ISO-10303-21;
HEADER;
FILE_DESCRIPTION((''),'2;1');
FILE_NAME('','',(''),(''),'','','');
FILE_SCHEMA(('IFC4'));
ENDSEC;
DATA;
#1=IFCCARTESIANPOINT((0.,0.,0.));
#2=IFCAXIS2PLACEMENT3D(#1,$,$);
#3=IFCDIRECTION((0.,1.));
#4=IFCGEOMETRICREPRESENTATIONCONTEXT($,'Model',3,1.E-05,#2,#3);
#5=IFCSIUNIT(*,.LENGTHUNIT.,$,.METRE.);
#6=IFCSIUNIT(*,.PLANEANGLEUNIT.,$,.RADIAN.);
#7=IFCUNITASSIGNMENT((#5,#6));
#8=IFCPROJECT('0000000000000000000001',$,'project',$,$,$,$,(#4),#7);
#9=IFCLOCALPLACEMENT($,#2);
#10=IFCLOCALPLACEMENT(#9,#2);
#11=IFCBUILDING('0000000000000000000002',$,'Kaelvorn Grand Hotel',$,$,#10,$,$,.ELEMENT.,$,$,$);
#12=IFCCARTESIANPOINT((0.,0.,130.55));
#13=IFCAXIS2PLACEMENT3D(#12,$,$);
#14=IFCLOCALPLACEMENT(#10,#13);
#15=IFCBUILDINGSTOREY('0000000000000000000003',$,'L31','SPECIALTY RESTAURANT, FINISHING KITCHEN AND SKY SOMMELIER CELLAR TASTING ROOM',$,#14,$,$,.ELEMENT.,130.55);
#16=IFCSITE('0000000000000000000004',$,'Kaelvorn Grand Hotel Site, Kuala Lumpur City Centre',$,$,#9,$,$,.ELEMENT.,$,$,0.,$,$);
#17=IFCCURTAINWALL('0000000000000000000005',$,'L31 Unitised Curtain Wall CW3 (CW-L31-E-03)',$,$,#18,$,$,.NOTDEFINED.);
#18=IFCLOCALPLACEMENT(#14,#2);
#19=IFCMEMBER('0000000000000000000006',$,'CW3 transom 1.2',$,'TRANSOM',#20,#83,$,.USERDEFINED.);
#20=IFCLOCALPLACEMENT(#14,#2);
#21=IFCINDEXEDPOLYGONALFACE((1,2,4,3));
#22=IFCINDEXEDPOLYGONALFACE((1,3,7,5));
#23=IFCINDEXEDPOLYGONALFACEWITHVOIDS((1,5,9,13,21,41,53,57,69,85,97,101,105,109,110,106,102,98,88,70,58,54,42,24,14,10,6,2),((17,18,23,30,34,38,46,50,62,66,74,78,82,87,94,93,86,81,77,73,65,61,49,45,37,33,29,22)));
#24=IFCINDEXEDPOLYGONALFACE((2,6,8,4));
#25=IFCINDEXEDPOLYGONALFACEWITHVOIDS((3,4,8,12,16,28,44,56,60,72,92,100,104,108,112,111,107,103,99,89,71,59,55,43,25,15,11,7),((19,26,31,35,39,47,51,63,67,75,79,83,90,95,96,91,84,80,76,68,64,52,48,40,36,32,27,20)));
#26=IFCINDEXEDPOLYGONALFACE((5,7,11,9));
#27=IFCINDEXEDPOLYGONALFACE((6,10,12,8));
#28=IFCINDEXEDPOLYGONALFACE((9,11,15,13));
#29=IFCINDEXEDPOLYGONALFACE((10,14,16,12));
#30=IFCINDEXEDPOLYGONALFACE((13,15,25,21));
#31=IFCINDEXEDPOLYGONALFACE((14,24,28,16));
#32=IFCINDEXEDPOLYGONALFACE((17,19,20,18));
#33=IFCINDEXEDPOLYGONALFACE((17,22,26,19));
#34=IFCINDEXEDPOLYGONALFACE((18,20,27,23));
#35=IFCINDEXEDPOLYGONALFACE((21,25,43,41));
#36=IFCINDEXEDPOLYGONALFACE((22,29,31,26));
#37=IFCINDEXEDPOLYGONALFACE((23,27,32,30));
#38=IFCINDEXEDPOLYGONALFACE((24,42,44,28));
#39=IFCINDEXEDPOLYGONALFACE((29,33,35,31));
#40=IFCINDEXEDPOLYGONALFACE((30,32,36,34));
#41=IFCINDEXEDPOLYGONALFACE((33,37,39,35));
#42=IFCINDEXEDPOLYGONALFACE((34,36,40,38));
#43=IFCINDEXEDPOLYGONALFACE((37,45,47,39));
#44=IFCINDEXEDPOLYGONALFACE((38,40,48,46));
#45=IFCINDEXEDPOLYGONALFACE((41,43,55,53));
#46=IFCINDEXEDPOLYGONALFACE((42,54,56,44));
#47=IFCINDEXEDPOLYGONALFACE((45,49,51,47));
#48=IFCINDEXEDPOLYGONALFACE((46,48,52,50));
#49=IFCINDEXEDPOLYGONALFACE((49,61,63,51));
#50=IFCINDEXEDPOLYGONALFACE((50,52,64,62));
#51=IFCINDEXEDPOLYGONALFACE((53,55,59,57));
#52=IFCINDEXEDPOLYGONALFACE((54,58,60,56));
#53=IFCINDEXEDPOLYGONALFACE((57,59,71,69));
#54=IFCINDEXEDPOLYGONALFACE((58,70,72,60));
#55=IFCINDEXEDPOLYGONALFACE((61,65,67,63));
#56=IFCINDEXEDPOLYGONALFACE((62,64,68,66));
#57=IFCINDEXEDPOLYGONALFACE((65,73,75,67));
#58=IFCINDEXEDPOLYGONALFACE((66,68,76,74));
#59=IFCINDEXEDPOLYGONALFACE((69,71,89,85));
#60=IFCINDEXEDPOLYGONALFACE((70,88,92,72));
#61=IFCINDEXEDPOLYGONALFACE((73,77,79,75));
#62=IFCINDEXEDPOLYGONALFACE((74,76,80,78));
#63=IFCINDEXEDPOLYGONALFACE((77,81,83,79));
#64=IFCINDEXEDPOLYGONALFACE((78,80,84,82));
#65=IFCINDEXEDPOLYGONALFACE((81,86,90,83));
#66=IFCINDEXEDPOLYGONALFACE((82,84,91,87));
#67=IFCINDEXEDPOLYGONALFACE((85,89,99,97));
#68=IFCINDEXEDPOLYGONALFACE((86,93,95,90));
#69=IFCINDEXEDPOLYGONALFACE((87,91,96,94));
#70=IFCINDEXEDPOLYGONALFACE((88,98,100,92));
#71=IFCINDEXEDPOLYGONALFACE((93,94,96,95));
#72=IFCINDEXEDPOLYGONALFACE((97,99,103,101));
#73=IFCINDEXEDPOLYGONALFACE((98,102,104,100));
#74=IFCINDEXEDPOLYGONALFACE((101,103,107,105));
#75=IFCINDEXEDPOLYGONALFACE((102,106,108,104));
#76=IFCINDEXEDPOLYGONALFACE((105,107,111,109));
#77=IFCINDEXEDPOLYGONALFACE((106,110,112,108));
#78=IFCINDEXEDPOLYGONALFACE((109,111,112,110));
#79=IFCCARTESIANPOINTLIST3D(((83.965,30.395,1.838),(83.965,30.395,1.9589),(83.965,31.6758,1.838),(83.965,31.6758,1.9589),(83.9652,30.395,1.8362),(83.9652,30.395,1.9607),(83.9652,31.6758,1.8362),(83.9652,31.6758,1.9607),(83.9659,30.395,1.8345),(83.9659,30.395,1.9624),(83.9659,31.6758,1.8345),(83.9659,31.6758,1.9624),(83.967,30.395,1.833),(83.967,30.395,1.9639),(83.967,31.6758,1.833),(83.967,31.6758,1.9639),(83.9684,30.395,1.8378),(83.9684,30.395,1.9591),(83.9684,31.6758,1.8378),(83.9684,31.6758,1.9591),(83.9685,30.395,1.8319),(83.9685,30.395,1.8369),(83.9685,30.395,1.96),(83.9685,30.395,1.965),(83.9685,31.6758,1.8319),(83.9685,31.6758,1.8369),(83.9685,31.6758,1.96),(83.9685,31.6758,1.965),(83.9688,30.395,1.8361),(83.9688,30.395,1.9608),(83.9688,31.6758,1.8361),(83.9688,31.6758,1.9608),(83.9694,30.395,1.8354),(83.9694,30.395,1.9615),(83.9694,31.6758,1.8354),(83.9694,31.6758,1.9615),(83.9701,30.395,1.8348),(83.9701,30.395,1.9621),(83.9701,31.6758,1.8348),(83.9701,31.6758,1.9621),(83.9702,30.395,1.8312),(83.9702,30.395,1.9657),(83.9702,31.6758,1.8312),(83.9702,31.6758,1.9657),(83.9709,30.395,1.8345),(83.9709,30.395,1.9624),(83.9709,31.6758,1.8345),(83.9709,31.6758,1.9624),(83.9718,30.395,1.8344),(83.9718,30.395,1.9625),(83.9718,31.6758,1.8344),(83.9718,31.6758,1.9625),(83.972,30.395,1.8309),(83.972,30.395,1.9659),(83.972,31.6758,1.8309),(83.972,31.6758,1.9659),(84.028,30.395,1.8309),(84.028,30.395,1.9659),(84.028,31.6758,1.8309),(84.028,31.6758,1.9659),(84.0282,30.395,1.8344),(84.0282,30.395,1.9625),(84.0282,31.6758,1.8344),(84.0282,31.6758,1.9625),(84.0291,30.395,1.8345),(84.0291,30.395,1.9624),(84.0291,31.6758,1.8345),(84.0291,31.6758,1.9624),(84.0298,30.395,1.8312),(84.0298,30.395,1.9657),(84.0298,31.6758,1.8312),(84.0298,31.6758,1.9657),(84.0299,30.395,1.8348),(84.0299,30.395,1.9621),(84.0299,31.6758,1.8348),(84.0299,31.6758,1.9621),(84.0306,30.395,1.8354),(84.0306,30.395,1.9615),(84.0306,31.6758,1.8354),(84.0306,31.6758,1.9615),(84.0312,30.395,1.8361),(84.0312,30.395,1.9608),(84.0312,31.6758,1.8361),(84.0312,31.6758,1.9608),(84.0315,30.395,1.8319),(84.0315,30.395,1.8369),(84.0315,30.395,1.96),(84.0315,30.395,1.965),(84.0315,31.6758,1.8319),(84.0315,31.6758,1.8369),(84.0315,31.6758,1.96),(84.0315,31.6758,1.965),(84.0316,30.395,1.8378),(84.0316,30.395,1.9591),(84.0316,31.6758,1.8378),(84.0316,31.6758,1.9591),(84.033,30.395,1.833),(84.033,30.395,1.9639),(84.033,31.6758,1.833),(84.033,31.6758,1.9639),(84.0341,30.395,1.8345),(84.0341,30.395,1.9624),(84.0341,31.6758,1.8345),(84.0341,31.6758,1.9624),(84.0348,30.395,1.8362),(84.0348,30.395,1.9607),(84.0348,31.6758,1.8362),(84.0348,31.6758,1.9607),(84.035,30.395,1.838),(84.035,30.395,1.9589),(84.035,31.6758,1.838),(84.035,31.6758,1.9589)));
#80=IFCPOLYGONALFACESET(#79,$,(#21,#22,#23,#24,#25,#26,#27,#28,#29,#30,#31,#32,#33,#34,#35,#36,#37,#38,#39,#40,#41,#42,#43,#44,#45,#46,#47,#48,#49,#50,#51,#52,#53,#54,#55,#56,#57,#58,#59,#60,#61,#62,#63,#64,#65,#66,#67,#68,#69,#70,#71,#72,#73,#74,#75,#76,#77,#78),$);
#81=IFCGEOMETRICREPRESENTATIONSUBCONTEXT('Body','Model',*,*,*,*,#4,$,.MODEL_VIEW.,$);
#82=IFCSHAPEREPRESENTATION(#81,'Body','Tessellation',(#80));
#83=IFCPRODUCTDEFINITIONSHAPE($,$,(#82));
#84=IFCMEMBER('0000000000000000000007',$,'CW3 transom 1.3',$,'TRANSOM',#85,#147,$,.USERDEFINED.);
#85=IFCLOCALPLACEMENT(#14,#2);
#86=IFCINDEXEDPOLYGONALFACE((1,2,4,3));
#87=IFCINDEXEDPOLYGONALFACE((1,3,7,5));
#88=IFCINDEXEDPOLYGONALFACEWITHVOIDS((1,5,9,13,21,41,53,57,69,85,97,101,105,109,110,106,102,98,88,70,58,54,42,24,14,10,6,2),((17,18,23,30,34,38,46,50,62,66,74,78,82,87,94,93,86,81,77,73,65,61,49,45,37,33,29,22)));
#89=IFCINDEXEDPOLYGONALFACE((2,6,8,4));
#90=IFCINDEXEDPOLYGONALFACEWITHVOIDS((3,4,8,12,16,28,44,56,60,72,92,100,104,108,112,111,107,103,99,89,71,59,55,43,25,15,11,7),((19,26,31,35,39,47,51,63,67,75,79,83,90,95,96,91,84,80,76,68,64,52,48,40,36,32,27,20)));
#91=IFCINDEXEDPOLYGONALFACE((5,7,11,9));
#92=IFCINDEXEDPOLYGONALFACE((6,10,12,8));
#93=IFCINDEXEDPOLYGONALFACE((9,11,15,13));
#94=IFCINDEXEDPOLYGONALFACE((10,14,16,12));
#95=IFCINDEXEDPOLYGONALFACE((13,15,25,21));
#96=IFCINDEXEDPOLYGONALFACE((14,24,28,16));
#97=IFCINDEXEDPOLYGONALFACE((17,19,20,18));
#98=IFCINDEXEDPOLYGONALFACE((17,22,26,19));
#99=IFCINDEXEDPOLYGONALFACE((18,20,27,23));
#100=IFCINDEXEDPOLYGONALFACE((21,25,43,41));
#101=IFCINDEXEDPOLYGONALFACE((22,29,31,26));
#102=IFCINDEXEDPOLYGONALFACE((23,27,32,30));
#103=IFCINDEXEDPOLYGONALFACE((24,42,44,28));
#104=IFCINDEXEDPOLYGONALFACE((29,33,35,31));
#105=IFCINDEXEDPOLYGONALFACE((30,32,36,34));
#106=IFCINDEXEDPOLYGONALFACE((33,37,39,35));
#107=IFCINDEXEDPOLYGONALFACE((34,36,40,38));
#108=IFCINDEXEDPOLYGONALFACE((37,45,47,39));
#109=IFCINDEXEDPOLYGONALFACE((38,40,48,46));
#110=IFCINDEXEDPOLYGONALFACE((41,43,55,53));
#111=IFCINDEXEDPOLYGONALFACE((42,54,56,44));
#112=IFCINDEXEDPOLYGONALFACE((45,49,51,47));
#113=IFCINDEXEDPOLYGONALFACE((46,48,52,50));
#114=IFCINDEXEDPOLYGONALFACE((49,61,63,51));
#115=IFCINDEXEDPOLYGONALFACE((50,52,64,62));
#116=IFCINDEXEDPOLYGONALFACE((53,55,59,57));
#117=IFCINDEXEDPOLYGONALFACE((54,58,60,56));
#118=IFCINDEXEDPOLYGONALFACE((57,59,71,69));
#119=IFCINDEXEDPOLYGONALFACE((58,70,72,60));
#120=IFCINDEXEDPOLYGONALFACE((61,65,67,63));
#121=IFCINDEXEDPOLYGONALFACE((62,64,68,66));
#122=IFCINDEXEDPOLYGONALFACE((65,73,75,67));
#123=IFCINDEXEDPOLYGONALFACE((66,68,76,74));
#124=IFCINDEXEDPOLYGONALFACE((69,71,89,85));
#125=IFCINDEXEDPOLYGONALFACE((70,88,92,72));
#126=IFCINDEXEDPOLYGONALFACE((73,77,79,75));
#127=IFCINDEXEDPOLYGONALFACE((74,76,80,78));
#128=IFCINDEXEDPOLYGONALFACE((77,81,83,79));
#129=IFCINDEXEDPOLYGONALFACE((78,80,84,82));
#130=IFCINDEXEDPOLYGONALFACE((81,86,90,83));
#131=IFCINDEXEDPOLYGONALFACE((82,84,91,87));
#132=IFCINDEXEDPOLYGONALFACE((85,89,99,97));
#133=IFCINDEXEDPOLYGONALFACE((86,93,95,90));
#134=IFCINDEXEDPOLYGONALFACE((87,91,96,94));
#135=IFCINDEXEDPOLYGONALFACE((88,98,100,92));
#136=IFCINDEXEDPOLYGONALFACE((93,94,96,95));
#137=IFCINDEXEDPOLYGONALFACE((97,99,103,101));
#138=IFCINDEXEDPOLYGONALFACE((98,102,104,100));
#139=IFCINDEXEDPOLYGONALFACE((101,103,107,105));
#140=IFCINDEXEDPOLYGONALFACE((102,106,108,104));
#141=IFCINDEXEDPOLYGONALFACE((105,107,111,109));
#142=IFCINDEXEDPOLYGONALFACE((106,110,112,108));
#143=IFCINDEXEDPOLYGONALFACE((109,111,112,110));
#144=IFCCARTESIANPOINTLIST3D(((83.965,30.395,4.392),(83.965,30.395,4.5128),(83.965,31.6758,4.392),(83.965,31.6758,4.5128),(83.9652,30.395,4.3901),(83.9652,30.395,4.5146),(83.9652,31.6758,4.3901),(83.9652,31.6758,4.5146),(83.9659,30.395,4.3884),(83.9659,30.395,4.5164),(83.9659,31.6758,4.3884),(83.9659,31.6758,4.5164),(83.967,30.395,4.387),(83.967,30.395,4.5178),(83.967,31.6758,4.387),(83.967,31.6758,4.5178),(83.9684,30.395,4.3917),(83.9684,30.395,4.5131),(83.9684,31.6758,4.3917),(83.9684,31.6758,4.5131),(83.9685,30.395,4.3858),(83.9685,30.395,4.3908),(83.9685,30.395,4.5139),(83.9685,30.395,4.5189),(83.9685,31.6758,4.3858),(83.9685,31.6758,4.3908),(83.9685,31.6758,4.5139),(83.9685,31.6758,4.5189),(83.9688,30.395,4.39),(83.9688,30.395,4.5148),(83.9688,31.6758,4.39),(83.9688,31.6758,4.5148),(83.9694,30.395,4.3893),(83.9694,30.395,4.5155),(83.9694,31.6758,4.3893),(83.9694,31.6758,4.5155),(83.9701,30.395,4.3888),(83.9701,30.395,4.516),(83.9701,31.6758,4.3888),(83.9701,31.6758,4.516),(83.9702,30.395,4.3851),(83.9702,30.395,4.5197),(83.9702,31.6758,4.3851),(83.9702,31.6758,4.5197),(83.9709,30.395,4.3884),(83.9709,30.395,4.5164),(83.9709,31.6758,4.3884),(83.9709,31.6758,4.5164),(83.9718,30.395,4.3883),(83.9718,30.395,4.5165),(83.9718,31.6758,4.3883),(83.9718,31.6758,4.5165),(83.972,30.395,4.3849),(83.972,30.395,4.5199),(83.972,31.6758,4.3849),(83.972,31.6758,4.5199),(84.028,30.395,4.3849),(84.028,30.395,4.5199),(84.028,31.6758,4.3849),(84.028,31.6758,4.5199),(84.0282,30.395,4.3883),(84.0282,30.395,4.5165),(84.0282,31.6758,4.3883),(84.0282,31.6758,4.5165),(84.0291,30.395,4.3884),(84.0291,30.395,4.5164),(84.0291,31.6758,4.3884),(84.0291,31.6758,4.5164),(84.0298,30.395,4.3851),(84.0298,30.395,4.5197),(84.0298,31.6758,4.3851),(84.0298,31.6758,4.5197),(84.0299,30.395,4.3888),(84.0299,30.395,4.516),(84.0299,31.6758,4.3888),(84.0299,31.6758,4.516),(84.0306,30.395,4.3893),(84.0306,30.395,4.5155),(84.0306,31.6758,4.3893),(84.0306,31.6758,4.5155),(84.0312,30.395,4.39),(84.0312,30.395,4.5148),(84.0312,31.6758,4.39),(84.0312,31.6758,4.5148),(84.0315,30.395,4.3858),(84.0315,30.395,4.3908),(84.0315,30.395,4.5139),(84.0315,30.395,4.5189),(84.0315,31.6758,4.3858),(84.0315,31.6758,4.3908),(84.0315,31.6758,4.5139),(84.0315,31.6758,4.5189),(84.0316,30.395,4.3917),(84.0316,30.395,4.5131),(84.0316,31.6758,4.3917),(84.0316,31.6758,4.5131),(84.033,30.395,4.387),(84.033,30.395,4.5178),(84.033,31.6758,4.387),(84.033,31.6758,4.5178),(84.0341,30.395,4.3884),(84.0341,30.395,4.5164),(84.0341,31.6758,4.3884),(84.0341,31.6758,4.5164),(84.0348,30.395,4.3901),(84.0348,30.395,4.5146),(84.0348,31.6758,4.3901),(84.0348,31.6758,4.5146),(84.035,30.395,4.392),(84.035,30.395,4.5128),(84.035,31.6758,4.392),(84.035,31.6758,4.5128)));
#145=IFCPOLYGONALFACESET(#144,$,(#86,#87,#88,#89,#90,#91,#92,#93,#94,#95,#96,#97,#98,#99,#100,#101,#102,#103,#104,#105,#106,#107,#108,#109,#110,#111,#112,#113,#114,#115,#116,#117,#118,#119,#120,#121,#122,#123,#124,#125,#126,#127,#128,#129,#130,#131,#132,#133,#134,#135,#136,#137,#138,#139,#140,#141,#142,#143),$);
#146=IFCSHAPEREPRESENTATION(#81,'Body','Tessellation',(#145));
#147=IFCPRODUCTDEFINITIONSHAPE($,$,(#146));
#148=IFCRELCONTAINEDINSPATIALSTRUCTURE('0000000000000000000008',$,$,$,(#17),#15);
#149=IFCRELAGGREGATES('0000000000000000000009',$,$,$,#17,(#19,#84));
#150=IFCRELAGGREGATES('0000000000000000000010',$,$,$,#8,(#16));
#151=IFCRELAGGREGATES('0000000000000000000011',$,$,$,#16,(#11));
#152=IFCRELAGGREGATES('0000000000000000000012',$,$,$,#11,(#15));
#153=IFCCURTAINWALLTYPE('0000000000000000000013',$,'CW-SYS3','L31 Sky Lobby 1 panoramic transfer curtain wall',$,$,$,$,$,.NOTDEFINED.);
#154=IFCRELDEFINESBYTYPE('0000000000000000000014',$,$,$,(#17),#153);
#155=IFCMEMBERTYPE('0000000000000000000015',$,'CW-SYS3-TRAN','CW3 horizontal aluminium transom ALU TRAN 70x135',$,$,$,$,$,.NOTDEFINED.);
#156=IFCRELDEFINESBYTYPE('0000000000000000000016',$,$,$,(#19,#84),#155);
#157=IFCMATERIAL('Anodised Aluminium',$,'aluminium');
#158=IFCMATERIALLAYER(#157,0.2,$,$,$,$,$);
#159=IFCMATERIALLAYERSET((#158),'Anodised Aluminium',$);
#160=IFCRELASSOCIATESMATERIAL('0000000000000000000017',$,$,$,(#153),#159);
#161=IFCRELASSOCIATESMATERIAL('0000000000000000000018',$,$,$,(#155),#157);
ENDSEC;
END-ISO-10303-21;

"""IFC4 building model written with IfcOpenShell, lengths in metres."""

from ifc_helpers import new_model, si_unit, direction, frame, origin, origin_2d, place, context, subcontext, project, spatial, hollow_rectangle, extrude, material, layer, layer_set, material_profile, profile_set, type_object, element, aggregate, save


model = new_model("IFC4")

# Units and contexts
model_context = context("Model", 3, precision=1e-05, world=origin(), true_north=direction((0.0, 1.0)))
body_context = subcontext(model_context, "Body", "Model", "MODEL_VIEW")
ifc_project = project(units=[si_unit("LENGTHUNIT", "METRE"), si_unit("PLANEANGLEUNIT", "RADIAN")], contexts=[model_context])

# Site, building, storey
site_placement = place(None, origin())
site = spatial("IfcSite", under=ifc_project, at=site_placement, Name="Kaelvorn Grand Hotel Site, Kuala Lumpur City Centre", CompositionType="ELEMENT", RefElevation=0.0)
building_placement = place(site_placement, origin())
building = spatial("IfcBuilding", under=site, at=building_placement, Name="Kaelvorn Grand Hotel", CompositionType="ELEMENT")
storey_placement = place(building_placement, frame((0.0, 0.0, 130.55)))
storey = spatial("IfcBuildingStorey", under=building, at=storey_placement, Name="L31", Description="SPECIALTY RESTAURANT, FINISHING KITCHEN AND SKY SOMMELIER CELLAR TASTING ROOM", CompositionType="ELEMENT", Elevation=130.55)

# Shared definitions
ifc_material_1 = material(Name="Anodised Aluminium", Category="aluminium")
ifc_layer_1 = layer(ifc_material_1, 0.2)
ifc_layer_set_1 = layer_set([ifc_layer_1], Name="Anodised Aluminium")
curtain_wall_type = type_object("IfcCurtainWallType", Name="CW-SYS3", Description="L31 Sky Lobby 1 panoramic transfer curtain wall", PredefinedType="NOTDEFINED", material=ifc_layer_set_1)

# Curtain wall, members
curtain_wall_1_placement = place(storey_placement, origin())
curtain_wall_1 = element("IfcCurtainWall", 1, at=curtain_wall_1_placement, inside=storey, type_object=curtain_wall_type, Name="L31 Unitised Curtain Wall CW3 (CW-L31-E-03)", PredefinedType="NOTDEFINED")
ifc_material_profile_1 = material_profile(ifc_material_1, hollow_rectangle(XDim=0.0701, YDim=0.135, WallThickness=0.0034, InnerFilletRadius=0.0034, OuterFilletRadius=0.0071, at=origin_2d()), Name="ALU TRAN 70x135")
ifc_profile_set_1 = profile_set([ifc_material_profile_1], Name="Anodised Aluminium")
member_type_1 = type_object("IfcMemberType", Name="CW-SYS3-TRAN", Description="CW3 horizontal aluminium transom ALU TRAN 70x135", PredefinedType="NOTDEFINED", material=ifc_profile_set_1)
member_1_placement = place(storey_placement, frame((84.0, 30.395, 1.8984), z_axis=(0.0, 1.0, 0.0), x_axis=(-1.0, 0.0, 0.0)))
member_1 = element("IfcMember", 2, at=member_1_placement, type_object=member_type_1, Name="CW3 transom 1.2", ObjectType="TRANSOM", PredefinedType="USERDEFINED", context=body_context, shape_type="SweptSolid", body=[
    extrude(hollow_rectangle(XDim=0.0701, YDim=0.135, WallThickness=0.0034, InnerFilletRadius=0.0034, OuterFilletRadius=0.0071, at=origin_2d()), origin(), (0.0, 0.0, 1.0), 1.2808),
])
member_2_placement = place(storey_placement, frame((84.0, 30.395, 4.4524), z_axis=(0.0, 1.0, 0.0), x_axis=(-1.0, 0.0, 0.0)))
member_2 = element("IfcMember", 3, at=member_2_placement, type_object=member_type_1, Name="CW3 transom 1.3", ObjectType="TRANSOM", PredefinedType="USERDEFINED", context=body_context, shape_type="SweptSolid", body=[
    extrude(hollow_rectangle(XDim=0.0701, YDim=0.135, WallThickness=0.0034, InnerFilletRadius=0.0034, OuterFilletRadius=0.0071, at=origin_2d()), origin(), (0.0, 0.0, 1.0), 1.2808),
])

aggregate(curtain_wall_1, [member_1, member_2])

save(model, "model.ifc")
